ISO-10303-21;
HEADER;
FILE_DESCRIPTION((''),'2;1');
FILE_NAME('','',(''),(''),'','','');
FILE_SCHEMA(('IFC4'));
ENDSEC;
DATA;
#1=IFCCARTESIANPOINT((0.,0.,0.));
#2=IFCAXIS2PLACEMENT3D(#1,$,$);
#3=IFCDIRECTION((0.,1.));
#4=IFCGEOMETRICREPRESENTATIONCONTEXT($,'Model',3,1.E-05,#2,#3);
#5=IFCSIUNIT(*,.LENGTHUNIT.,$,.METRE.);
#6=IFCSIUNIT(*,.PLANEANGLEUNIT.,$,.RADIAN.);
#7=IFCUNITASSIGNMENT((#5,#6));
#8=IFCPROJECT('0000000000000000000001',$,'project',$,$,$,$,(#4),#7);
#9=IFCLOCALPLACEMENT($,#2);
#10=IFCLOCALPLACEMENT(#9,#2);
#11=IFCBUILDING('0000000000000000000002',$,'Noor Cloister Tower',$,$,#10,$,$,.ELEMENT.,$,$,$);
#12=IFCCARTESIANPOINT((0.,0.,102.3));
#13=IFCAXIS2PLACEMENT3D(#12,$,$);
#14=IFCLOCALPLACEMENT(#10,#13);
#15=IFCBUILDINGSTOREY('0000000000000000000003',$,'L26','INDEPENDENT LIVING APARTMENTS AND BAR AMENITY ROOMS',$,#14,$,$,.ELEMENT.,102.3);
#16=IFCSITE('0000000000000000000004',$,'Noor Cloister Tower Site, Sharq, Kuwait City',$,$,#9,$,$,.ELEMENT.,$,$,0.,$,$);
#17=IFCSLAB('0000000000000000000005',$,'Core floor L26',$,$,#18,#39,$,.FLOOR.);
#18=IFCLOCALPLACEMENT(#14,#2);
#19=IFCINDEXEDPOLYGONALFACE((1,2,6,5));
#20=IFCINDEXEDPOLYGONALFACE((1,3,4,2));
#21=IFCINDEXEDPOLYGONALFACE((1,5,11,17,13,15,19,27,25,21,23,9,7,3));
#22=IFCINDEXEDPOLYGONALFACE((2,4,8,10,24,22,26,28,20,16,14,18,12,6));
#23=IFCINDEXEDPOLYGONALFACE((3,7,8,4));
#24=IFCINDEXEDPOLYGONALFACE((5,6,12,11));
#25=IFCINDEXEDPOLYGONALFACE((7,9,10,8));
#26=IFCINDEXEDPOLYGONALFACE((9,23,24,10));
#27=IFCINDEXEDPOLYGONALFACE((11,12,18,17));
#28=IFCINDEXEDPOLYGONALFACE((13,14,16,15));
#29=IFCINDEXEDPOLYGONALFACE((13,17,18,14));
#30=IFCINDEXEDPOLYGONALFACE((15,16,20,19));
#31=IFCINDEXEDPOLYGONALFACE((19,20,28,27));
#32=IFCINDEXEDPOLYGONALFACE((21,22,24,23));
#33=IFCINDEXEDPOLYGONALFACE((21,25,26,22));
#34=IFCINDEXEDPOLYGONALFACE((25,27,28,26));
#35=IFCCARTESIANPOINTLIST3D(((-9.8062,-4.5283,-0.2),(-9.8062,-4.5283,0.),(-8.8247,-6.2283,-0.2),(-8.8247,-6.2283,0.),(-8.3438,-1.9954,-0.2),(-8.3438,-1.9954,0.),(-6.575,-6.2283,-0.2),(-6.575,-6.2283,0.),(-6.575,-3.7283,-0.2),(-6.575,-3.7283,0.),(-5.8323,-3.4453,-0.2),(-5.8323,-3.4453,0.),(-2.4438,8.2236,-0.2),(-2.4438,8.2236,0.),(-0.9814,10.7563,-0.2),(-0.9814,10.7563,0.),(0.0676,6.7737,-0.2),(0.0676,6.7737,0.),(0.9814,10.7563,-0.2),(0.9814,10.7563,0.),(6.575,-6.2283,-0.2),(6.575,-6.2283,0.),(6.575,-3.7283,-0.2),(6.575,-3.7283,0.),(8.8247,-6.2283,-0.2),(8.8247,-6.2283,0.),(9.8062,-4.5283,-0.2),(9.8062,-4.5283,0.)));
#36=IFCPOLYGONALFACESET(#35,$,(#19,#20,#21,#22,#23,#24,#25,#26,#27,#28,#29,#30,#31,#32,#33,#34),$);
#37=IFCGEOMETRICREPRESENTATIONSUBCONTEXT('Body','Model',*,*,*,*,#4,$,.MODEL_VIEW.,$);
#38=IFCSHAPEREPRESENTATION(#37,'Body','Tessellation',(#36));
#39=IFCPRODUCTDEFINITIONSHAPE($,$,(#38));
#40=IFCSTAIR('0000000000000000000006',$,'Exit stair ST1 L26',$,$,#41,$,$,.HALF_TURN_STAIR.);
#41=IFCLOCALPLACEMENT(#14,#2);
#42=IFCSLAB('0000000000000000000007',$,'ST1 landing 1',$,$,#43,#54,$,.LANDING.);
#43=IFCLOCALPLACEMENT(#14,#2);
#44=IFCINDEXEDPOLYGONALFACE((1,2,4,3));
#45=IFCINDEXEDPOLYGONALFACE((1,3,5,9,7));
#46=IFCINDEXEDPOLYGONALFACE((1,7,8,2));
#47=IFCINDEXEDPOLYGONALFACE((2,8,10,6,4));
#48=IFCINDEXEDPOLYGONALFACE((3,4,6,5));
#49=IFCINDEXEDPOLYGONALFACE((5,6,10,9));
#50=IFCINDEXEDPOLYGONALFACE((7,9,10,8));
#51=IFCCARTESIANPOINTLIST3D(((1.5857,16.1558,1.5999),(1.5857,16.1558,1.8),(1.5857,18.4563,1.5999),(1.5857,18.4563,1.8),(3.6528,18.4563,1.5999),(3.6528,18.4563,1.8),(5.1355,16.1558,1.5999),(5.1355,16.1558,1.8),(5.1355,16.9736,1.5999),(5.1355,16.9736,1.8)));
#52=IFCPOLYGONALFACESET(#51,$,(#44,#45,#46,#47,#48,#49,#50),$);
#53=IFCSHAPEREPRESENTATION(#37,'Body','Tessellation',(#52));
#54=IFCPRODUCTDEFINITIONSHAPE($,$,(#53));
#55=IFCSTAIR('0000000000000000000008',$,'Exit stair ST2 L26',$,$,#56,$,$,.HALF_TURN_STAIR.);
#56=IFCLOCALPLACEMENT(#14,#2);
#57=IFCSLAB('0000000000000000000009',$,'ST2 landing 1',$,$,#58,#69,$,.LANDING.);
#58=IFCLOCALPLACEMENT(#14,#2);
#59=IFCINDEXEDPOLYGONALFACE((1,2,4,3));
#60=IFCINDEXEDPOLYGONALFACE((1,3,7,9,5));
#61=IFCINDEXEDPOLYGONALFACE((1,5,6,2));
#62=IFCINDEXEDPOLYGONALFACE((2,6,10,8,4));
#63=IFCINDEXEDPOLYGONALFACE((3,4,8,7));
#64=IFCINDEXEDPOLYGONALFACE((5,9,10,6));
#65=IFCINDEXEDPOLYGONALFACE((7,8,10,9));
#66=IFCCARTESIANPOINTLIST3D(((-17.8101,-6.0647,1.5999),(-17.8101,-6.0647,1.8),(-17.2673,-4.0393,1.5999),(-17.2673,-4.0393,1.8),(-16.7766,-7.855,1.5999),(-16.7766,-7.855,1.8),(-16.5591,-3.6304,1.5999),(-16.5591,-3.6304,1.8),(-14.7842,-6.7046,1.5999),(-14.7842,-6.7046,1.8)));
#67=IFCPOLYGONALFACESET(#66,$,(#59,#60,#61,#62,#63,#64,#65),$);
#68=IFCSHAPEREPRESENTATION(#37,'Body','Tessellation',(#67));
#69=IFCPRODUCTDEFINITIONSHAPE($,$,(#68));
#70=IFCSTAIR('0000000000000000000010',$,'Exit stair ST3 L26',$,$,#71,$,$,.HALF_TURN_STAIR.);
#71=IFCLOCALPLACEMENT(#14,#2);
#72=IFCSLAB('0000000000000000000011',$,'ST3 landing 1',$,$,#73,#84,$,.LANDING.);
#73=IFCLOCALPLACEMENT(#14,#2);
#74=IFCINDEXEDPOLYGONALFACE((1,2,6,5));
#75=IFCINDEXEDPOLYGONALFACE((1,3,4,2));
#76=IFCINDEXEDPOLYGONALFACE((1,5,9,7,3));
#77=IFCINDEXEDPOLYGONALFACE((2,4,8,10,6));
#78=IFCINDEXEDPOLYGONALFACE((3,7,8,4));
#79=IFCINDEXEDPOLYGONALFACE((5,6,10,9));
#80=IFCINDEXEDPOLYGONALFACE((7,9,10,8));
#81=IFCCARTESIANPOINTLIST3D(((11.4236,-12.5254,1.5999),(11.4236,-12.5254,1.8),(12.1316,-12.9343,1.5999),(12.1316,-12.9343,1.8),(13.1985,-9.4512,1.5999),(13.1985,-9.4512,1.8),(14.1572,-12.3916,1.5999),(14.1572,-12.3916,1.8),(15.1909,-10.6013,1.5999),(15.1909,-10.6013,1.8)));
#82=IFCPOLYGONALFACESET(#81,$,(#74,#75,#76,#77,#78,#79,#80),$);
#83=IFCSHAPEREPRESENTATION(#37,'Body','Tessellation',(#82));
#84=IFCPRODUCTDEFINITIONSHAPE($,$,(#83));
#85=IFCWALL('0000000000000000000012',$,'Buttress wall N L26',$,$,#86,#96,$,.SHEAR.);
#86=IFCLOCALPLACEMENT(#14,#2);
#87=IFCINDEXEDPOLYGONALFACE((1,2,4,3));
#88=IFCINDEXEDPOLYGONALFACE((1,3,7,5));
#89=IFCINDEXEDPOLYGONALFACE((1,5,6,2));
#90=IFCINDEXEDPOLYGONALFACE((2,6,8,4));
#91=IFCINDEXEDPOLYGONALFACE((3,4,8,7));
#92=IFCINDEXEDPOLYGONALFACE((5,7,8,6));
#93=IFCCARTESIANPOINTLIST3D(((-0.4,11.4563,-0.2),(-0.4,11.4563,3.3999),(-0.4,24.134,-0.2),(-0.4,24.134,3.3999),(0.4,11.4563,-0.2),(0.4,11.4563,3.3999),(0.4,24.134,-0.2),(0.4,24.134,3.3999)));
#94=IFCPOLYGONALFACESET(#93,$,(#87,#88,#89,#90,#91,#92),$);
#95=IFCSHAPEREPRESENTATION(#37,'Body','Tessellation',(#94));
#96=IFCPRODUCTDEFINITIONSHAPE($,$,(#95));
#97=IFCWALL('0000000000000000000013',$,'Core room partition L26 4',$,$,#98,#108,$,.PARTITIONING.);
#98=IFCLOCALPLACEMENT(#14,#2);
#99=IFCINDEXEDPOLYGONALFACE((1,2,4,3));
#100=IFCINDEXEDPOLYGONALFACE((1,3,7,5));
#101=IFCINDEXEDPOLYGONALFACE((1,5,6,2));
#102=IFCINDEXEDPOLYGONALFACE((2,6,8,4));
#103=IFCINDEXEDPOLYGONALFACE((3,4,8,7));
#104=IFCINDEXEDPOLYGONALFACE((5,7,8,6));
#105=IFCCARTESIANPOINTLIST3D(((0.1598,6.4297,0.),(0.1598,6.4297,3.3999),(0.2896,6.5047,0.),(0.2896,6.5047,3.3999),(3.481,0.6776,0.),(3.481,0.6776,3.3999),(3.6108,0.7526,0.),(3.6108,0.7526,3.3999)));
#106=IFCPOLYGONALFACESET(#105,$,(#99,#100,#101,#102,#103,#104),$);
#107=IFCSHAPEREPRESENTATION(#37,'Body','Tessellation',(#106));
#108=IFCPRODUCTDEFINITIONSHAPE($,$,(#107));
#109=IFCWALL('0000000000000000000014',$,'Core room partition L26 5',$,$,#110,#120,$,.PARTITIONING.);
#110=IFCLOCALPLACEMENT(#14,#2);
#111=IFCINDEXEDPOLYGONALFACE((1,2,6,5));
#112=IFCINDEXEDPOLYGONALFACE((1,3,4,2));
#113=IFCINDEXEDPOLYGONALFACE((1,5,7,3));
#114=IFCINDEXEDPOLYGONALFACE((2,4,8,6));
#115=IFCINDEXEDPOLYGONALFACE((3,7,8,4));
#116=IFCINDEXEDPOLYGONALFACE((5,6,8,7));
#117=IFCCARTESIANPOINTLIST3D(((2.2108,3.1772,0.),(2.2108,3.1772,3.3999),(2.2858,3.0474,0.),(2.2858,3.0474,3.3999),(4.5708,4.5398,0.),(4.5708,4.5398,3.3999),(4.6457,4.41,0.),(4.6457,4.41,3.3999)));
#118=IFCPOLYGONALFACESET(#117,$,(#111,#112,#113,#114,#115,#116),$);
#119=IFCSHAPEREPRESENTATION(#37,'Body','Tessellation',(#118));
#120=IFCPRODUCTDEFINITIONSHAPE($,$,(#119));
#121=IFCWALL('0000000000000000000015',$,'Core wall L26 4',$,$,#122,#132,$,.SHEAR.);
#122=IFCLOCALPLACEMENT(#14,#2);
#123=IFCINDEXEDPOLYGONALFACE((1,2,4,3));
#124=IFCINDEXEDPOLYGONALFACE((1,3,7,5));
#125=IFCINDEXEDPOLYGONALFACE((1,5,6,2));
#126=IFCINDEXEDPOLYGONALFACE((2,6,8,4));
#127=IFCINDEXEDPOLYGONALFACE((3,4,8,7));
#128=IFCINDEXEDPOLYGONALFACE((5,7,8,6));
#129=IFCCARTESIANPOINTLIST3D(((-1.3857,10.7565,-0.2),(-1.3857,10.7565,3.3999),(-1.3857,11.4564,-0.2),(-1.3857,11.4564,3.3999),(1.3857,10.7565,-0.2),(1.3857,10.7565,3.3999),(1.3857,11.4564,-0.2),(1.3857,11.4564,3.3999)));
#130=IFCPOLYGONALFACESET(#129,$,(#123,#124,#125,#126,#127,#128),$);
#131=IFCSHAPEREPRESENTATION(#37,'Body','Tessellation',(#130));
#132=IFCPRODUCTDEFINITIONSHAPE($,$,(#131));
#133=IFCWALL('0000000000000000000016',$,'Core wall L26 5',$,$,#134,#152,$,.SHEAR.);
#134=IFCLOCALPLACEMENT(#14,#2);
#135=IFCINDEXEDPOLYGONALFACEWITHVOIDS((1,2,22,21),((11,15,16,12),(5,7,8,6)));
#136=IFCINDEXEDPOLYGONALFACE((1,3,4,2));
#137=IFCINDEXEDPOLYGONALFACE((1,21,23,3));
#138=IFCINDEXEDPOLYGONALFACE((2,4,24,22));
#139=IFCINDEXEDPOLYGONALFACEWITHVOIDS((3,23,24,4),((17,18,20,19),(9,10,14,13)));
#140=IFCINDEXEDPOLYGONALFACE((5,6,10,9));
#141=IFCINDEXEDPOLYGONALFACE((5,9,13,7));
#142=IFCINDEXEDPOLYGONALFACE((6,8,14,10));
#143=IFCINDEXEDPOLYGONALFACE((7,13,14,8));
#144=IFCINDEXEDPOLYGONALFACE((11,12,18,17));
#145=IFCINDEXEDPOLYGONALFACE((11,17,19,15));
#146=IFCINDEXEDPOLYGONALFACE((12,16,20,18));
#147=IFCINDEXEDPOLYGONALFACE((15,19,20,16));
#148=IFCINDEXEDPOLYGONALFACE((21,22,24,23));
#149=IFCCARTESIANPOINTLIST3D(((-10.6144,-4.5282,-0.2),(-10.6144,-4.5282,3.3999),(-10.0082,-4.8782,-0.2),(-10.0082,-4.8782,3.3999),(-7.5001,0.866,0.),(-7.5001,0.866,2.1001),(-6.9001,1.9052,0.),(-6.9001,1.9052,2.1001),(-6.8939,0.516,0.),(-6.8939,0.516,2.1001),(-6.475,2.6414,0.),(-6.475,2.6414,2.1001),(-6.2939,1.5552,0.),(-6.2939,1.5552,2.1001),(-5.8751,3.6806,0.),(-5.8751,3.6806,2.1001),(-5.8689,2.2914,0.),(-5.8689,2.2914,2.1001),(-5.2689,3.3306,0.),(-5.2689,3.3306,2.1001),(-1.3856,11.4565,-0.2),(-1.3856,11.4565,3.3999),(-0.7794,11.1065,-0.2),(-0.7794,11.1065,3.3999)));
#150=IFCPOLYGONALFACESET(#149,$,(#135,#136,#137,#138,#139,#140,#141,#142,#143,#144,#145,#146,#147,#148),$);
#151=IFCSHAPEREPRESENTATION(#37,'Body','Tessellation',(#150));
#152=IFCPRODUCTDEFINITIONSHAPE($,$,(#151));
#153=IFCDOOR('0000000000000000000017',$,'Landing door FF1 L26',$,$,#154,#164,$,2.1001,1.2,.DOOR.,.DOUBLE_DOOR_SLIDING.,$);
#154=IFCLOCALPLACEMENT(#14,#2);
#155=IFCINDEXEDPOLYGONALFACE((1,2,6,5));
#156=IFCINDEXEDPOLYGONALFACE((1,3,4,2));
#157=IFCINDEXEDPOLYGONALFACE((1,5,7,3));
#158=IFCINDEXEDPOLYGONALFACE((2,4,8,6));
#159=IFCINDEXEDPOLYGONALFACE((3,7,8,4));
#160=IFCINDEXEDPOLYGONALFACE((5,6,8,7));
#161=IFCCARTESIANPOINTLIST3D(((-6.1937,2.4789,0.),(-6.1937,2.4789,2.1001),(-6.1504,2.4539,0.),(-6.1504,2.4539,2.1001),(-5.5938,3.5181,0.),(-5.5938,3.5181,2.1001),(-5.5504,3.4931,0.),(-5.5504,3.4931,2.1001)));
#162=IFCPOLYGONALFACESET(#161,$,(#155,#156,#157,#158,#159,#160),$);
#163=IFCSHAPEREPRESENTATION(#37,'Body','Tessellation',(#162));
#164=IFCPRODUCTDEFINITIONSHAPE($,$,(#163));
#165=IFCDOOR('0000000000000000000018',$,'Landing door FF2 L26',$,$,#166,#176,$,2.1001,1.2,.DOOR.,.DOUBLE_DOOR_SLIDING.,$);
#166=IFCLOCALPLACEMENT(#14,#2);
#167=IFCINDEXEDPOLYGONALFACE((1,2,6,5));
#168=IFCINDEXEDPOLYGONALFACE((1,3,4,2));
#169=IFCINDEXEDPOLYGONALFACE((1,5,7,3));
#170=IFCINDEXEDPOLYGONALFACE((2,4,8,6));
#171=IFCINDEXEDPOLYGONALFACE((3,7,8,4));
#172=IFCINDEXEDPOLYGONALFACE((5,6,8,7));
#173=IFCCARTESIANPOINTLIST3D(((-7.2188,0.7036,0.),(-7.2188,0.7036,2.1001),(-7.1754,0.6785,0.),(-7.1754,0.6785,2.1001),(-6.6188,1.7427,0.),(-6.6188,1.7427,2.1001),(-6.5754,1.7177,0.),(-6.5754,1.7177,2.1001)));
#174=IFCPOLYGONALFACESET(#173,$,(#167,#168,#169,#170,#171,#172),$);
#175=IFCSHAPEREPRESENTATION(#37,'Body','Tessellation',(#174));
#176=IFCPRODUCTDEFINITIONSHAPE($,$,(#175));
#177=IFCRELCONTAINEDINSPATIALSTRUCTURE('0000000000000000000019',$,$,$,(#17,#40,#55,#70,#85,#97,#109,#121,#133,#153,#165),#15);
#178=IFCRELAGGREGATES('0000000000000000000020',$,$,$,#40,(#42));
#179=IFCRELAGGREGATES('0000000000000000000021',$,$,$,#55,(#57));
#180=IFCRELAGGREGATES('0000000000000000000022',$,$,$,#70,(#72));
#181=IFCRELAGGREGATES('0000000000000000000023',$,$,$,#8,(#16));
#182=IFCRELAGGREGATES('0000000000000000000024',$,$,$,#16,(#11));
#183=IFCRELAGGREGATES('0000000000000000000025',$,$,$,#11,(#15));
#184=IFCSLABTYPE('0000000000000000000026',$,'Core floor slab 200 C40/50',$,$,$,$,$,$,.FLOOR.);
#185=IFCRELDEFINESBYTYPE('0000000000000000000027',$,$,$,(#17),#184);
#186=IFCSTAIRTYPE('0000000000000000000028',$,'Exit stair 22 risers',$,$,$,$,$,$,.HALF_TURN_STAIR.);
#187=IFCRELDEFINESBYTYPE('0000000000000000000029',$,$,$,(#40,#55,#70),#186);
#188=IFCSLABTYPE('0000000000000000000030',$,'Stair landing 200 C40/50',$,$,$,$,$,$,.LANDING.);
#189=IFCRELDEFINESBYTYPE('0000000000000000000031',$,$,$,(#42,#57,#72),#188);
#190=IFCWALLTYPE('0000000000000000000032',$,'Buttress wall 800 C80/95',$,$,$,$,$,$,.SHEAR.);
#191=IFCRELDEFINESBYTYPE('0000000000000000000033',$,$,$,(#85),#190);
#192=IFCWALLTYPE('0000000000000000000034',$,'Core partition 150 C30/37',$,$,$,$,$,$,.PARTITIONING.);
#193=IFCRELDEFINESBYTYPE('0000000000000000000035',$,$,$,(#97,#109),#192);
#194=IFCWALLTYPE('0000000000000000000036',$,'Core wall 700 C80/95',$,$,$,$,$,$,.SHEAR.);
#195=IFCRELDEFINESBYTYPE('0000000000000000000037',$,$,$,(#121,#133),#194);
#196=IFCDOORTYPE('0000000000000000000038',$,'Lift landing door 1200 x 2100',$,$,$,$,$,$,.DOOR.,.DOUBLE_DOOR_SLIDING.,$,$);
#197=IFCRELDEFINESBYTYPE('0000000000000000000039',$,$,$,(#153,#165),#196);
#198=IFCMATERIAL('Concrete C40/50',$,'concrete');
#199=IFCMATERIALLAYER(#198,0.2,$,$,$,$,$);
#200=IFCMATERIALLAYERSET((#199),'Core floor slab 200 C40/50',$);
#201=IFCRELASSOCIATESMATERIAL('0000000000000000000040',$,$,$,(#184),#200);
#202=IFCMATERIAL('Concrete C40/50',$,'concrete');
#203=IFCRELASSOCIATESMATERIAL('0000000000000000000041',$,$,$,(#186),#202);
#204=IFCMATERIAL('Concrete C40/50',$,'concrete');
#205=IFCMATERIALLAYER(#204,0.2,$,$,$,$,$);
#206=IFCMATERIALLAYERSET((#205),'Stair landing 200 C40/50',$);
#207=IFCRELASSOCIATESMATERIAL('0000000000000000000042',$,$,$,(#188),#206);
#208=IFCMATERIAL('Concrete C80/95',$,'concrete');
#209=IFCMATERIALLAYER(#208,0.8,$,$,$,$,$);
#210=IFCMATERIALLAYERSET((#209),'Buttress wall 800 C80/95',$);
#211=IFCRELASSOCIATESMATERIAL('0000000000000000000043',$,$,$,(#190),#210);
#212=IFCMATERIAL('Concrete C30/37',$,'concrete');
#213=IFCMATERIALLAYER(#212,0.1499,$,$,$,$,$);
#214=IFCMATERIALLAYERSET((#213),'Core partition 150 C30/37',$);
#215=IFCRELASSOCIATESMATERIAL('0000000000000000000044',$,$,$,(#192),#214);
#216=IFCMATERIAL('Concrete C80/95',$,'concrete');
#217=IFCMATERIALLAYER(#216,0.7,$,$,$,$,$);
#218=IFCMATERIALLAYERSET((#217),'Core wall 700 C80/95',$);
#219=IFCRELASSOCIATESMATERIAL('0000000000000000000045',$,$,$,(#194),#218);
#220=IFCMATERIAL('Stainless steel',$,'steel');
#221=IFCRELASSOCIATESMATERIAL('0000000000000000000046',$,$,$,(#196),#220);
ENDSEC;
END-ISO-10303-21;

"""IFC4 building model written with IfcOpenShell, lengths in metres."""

from ifc_helpers import new_model, si_unit, direction, frame, frame_2d, origin, place, context, subcontext, project, spatial, polyline, rectangle, outline, extrude, material, layer, layer_set, type_object, element, fill, aggregate, save


model = new_model("IFC4")

# Units and contexts
model_context = context("Model", 3, precision=1e-05, world=origin(), true_north=direction((0.0, 1.0)))
body_context = subcontext(model_context, "Body", "Model", "MODEL_VIEW")
ifc_project = project(units=[si_unit("LENGTHUNIT", "METRE"), si_unit("PLANEANGLEUNIT", "RADIAN")], contexts=[model_context])

# Site, building, storey
site_placement = place(None, origin())
site = spatial("IfcSite", under=ifc_project, at=site_placement, Name="Noor Cloister Tower Site, Sharq, Kuwait City", CompositionType="ELEMENT", RefElevation=0.0)
building_placement = place(site_placement, origin())
building = spatial("IfcBuilding", under=site, at=building_placement, Name="Noor Cloister Tower", CompositionType="ELEMENT")
storey_placement = place(building_placement, frame((0.0, 0.0, 102.3)))
storey = spatial("IfcBuildingStorey", under=building, at=storey_placement, Name="L26", Description="INDEPENDENT LIVING APARTMENTS AND BAR AMENITY ROOMS", CompositionType="ELEMENT", Elevation=102.3)

# Slab
ifc_material_1 = material(Name="Concrete C40/50", Category="concrete")
ifc_layer_1 = layer(ifc_material_1, 0.2)
ifc_layer_set_1 = layer_set([ifc_layer_1], Name="Core floor slab 200 C40/50")
slab_type_1 = type_object("IfcSlabType", Name="Core floor slab 200 C40/50", PredefinedType="FLOOR", material=ifc_layer_set_1)
slab_1_placement = place(storey_placement, frame((0.0, 0.0, -0.2)))
element("IfcSlab", 1, at=slab_1_placement, inside=storey, type_object=slab_type_1, Name="Core floor L26", PredefinedType="FLOOR", context=body_context, shape_type="SweptSolid", body=[
    extrude(outline(polyline([(-6.575, -6.2283), (-6.575, -3.7283), (6.575, -3.7283), (6.575, -6.2283), (8.8247, -6.2283), (9.8062, -4.5283), (0.9814, 10.7563), (-0.9814, 10.7563), (-2.4438, 8.2236), (0.0676, 6.7737), (-5.8323, -3.4453), (-8.3438, -1.9954), (-9.8062, -4.5283), (-8.8247, -6.2283), (-6.575, -6.2283)])), origin(), (0.0, 0.0, 1.0), 0.2),
])

# Stairs, slabs
ifc_material_2 = material(Name="Concrete C40/50", Category="concrete")
stair_type = type_object("IfcStairType", Name="Exit stair 22 risers", PredefinedType="HALF_TURN_STAIR", material=ifc_material_2)
stair_1_placement = place(storey_placement, origin())
stair_1 = element("IfcStair", 2, at=stair_1_placement, inside=storey, type_object=stair_type, Name="Exit stair ST1 L26", PredefinedType="HALF_TURN_STAIR")
ifc_material_3 = material(Name="Concrete C40/50", Category="concrete")
ifc_layer_2 = layer(ifc_material_3, 0.2)
ifc_layer_set_2 = layer_set([ifc_layer_2], Name="Stair landing 200 C40/50")
slab_type_2 = type_object("IfcSlabType", Name="Stair landing 200 C40/50", PredefinedType="LANDING", material=ifc_layer_set_2)
slab_2_placement = place(storey_placement, frame((0.0, 0.0, 1.5999)))
slab_2 = element("IfcSlab", 3, at=slab_2_placement, type_object=slab_type_2, Name="ST1 landing 1", PredefinedType="LANDING", context=body_context, shape_type="SweptSolid", body=[
    extrude(outline(polyline([(5.1355, 16.1558), (5.1355, 16.9736), (3.6528, 18.4563), (1.5857, 18.4563), (1.5857, 16.1558), (5.1355, 16.1558)])), origin(), (0.0, 0.0, 1.0), 0.2002),
])
aggregate(stair_1, [slab_2])
stair_2_placement = place(storey_placement, origin())
stair_2 = element("IfcStair", 4, at=stair_2_placement, inside=storey, type_object=stair_type, Name="Exit stair ST2 L26", PredefinedType="HALF_TURN_STAIR")
slab_3_placement = place(storey_placement, frame((0.0, 0.0, 1.5999)))
slab_3 = element("IfcSlab", 5, at=slab_3_placement, type_object=slab_type_2, Name="ST2 landing 1", PredefinedType="LANDING", context=body_context, shape_type="SweptSolid", body=[
    extrude(outline(polyline([(-16.5591, -3.6304), (-17.2673, -4.0393), (-17.8101, -6.0647), (-16.7766, -7.855), (-14.7842, -6.7046), (-16.5591, -3.6304)])), origin(), (0.0, 0.0, 1.0), 0.2002),
])
aggregate(stair_2, [slab_3])
stair_3_placement = place(storey_placement, origin())
stair_3 = element("IfcStair", 6, at=stair_3_placement, inside=storey, type_object=stair_type, Name="Exit stair ST3 L26", PredefinedType="HALF_TURN_STAIR")
slab_4_placement = place(storey_placement, frame((0.0, 0.0, 1.5999)))
slab_4 = element("IfcSlab", 7, at=slab_4_placement, type_object=slab_type_2, Name="ST3 landing 1", PredefinedType="LANDING", context=body_context, shape_type="SweptSolid", body=[
    extrude(outline(polyline([(11.4236, -12.5254), (12.1316, -12.9343), (14.1572, -12.3916), (15.1909, -10.6013), (13.1985, -9.4512), (11.4236, -12.5254)])), origin(), (0.0, 0.0, 1.0), 0.2002),
])
aggregate(stair_3, [slab_4])

# Walls
ifc_material_4 = material(Name="Concrete C80/95", Category="concrete")
ifc_layer_3 = layer(ifc_material_4, 0.8)
ifc_layer_set_3 = layer_set([ifc_layer_3], Name="Buttress wall 800 C80/95")
wall_type_1 = type_object("IfcWallType", Name="Buttress wall 800 C80/95", PredefinedType="SHEAR", material=ifc_layer_set_3)
wall_1_placement = place(storey_placement, frame((0.0, 11.4563, -0.2), z_axis=(0.0, 0.0, 1.0), x_axis=(0.0, 1.0, 0.0)))
element("IfcWall", 8, at=wall_1_placement, inside=storey, type_object=wall_type_1, Name="Buttress wall N L26", PredefinedType="SHEAR", context=body_context, shape_type="SweptSolid", body=[
    extrude(rectangle(XDim=12.6777, YDim=0.8, at=frame_2d((6.3389, 0.0))), origin(), (0.0, 0.0, 1.0), 3.5999),
])
ifc_material_5 = material(Name="Concrete C30/37", Category="concrete")
ifc_layer_4 = layer(ifc_material_5, 0.1499)
ifc_layer_set_4 = layer_set([ifc_layer_4], Name="Core partition 150 C30/37")
wall_type_2 = type_object("IfcWallType", Name="Core partition 150 C30/37", PredefinedType="PARTITIONING", material=ifc_layer_set_4)
wall_2_placement = place(storey_placement, frame((3.5459, 0.7151, 0.0), z_axis=(0.0, 0.0, 1.0), x_axis=(-0.500029, 0.866009, 0.0)))
element("IfcWall", 9, at=wall_2_placement, inside=storey, type_object=wall_type_2, Name="Core room partition L26 4", PredefinedType="PARTITIONING", context=body_context, shape_type="SweptSolid", body=[
    extrude(rectangle(XDim=6.6421, YDim=0.1499, at=frame_2d((3.321, 0.0))), origin(), (0.0, 0.0, 1.0), 3.3999),
])
wall_3_placement = place(storey_placement, frame((2.2483, 3.1123, 0.0), z_axis=(0.0, 0.0, 1.0), x_axis=(0.866013, 0.500022, 0.0)))
element("IfcWall", 10, at=wall_3_placement, inside=storey, type_object=wall_type_2, Name="Core room partition L26 5", PredefinedType="PARTITIONING", context=body_context, shape_type="SweptSolid", body=[
    extrude(rectangle(XDim=2.7251, YDim=0.1499, at=frame_2d((1.3625, 0.0))), origin(), (0.0, 0.0, 1.0), 3.3999),
])
ifc_material_6 = material(Name="Concrete C80/95", Category="concrete")
ifc_layer_5 = layer(ifc_material_6, 0.7)
ifc_layer_set_5 = layer_set([ifc_layer_5], Name="Core wall 700 C80/95")
wall_type_3 = type_object("IfcWallType", Name="Core wall 700 C80/95", PredefinedType="SHEAR", material=ifc_layer_set_5)
wall_4_placement = place(storey_placement, frame((1.3857, 11.1064, -0.2), z_axis=(0.0, 0.0, 1.0), x_axis=(-1.0, 0.0, 0.0)))
element("IfcWall", 11, at=wall_4_placement, inside=storey, type_object=wall_type_3, Name="Core wall L26 4", PredefinedType="SHEAR", context=body_context, shape_type="SweptSolid", body=[
    extrude(rectangle(XDim=2.7715, YDim=0.7, at=frame_2d((1.3857, 0.0))), origin(), (0.0, 0.0, 1.0), 3.5999),
])

# Wall, openings, doors
wall_5_placement = place(storey_placement, frame((-1.0825, 11.2815, -0.2), z_axis=(0.0, 0.0, 1.0), x_axis=(-0.500001, -0.866025, 0.0)))
wall_5 = element("IfcWall", 12, at=wall_5_placement, inside=storey, type_object=wall_type_3, Name="Core wall L26 5", PredefinedType="SHEAR", context=body_context, shape_type="SweptSolid", body=[
    extrude(rectangle(XDim=18.4575, YDim=0.7, at=frame_2d((9.2288, 0.0))), origin(), (0.0, 0.0, 1.0), 3.5999),
])
opening_1_placement = place(wall_5_placement, frame((8.9788, 0.0, 0.2)))
opening_1 = element("IfcOpeningElement", 13, at=opening_1_placement, cuts=wall_5, PredefinedType="OPENING", context=body_context, shape_type="SweptSolid", body=[
    extrude(rectangle(XDim=1.2, YDim=2.1001, at=frame_2d((0.6001, 1.05))), frame((0.0, 0.3599, 0.0), z_axis=(0.0, -1.0, 0.0), x_axis=(1.0, 0.0, 0.0)), (0.0, 0.0, 1.0), 0.72),
])
opening_2_placement = place(wall_5_placement, frame((11.0288, 0.0, 0.2)))
opening_2 = element("IfcOpeningElement", 14, at=opening_2_placement, cuts=wall_5, PredefinedType="OPENING", context=body_context, shape_type="SweptSolid", body=[
    extrude(rectangle(XDim=1.2, YDim=2.1001, at=frame_2d((0.6001, 1.05))), frame((0.0, 0.3599, 0.0), z_axis=(0.0, -1.0, 0.0), x_axis=(1.0, 0.0, 0.0)), (0.0, 0.0, 1.0), 0.72),
])
ifc_material_7 = material(Name="Stainless steel", Category="steel")
door_type_1 = type_object("IfcDoorType", Name="Lift landing door 1200 x 2100", OperationType="DOUBLE_DOOR_SLIDING", PredefinedType="DOOR", material=ifc_material_7)
door_1_placement = place(opening_1_placement, origin())
door_1 = element("IfcDoor", 15, at=door_1_placement, inside=storey, type_object=door_type_1, Name="Landing door FF1 L26", OperationType="DOUBLE_DOOR_SLIDING", OverallHeight=2.1001, OverallWidth=1.2, PredefinedType="DOOR", context=body_context, shape_type="SweptSolid", body=[
    extrude(rectangle(XDim=1.2, YDim=2.1001, at=frame_2d((0.6001, 1.05))), frame((0.0, 0.0249, 0.0), z_axis=(0.0, -1.0, 0.0), x_axis=(1.0, 0.0, 0.0)), (0.0, 0.0, 1.0), 0.05),
])
fill(opening_1, door_1)
door_2_placement = place(opening_2_placement, origin())
door_2 = element("IfcDoor", 16, at=door_2_placement, inside=storey, type_object=door_type_1, Name="Landing door FF2 L26", OperationType="DOUBLE_DOOR_SLIDING", OverallHeight=2.1001, OverallWidth=1.2, PredefinedType="DOOR", context=body_context, shape_type="SweptSolid", body=[
    extrude(rectangle(XDim=1.2, YDim=2.1001, at=frame_2d((0.6001, 1.05))), frame((0.0, 0.0249, 0.0), z_axis=(0.0, -1.0, 0.0), x_axis=(1.0, 0.0, 0.0)), (0.0, 0.0, 1.0), 0.05),
])
fill(opening_2, door_2)

save(model, "model.ifc")
